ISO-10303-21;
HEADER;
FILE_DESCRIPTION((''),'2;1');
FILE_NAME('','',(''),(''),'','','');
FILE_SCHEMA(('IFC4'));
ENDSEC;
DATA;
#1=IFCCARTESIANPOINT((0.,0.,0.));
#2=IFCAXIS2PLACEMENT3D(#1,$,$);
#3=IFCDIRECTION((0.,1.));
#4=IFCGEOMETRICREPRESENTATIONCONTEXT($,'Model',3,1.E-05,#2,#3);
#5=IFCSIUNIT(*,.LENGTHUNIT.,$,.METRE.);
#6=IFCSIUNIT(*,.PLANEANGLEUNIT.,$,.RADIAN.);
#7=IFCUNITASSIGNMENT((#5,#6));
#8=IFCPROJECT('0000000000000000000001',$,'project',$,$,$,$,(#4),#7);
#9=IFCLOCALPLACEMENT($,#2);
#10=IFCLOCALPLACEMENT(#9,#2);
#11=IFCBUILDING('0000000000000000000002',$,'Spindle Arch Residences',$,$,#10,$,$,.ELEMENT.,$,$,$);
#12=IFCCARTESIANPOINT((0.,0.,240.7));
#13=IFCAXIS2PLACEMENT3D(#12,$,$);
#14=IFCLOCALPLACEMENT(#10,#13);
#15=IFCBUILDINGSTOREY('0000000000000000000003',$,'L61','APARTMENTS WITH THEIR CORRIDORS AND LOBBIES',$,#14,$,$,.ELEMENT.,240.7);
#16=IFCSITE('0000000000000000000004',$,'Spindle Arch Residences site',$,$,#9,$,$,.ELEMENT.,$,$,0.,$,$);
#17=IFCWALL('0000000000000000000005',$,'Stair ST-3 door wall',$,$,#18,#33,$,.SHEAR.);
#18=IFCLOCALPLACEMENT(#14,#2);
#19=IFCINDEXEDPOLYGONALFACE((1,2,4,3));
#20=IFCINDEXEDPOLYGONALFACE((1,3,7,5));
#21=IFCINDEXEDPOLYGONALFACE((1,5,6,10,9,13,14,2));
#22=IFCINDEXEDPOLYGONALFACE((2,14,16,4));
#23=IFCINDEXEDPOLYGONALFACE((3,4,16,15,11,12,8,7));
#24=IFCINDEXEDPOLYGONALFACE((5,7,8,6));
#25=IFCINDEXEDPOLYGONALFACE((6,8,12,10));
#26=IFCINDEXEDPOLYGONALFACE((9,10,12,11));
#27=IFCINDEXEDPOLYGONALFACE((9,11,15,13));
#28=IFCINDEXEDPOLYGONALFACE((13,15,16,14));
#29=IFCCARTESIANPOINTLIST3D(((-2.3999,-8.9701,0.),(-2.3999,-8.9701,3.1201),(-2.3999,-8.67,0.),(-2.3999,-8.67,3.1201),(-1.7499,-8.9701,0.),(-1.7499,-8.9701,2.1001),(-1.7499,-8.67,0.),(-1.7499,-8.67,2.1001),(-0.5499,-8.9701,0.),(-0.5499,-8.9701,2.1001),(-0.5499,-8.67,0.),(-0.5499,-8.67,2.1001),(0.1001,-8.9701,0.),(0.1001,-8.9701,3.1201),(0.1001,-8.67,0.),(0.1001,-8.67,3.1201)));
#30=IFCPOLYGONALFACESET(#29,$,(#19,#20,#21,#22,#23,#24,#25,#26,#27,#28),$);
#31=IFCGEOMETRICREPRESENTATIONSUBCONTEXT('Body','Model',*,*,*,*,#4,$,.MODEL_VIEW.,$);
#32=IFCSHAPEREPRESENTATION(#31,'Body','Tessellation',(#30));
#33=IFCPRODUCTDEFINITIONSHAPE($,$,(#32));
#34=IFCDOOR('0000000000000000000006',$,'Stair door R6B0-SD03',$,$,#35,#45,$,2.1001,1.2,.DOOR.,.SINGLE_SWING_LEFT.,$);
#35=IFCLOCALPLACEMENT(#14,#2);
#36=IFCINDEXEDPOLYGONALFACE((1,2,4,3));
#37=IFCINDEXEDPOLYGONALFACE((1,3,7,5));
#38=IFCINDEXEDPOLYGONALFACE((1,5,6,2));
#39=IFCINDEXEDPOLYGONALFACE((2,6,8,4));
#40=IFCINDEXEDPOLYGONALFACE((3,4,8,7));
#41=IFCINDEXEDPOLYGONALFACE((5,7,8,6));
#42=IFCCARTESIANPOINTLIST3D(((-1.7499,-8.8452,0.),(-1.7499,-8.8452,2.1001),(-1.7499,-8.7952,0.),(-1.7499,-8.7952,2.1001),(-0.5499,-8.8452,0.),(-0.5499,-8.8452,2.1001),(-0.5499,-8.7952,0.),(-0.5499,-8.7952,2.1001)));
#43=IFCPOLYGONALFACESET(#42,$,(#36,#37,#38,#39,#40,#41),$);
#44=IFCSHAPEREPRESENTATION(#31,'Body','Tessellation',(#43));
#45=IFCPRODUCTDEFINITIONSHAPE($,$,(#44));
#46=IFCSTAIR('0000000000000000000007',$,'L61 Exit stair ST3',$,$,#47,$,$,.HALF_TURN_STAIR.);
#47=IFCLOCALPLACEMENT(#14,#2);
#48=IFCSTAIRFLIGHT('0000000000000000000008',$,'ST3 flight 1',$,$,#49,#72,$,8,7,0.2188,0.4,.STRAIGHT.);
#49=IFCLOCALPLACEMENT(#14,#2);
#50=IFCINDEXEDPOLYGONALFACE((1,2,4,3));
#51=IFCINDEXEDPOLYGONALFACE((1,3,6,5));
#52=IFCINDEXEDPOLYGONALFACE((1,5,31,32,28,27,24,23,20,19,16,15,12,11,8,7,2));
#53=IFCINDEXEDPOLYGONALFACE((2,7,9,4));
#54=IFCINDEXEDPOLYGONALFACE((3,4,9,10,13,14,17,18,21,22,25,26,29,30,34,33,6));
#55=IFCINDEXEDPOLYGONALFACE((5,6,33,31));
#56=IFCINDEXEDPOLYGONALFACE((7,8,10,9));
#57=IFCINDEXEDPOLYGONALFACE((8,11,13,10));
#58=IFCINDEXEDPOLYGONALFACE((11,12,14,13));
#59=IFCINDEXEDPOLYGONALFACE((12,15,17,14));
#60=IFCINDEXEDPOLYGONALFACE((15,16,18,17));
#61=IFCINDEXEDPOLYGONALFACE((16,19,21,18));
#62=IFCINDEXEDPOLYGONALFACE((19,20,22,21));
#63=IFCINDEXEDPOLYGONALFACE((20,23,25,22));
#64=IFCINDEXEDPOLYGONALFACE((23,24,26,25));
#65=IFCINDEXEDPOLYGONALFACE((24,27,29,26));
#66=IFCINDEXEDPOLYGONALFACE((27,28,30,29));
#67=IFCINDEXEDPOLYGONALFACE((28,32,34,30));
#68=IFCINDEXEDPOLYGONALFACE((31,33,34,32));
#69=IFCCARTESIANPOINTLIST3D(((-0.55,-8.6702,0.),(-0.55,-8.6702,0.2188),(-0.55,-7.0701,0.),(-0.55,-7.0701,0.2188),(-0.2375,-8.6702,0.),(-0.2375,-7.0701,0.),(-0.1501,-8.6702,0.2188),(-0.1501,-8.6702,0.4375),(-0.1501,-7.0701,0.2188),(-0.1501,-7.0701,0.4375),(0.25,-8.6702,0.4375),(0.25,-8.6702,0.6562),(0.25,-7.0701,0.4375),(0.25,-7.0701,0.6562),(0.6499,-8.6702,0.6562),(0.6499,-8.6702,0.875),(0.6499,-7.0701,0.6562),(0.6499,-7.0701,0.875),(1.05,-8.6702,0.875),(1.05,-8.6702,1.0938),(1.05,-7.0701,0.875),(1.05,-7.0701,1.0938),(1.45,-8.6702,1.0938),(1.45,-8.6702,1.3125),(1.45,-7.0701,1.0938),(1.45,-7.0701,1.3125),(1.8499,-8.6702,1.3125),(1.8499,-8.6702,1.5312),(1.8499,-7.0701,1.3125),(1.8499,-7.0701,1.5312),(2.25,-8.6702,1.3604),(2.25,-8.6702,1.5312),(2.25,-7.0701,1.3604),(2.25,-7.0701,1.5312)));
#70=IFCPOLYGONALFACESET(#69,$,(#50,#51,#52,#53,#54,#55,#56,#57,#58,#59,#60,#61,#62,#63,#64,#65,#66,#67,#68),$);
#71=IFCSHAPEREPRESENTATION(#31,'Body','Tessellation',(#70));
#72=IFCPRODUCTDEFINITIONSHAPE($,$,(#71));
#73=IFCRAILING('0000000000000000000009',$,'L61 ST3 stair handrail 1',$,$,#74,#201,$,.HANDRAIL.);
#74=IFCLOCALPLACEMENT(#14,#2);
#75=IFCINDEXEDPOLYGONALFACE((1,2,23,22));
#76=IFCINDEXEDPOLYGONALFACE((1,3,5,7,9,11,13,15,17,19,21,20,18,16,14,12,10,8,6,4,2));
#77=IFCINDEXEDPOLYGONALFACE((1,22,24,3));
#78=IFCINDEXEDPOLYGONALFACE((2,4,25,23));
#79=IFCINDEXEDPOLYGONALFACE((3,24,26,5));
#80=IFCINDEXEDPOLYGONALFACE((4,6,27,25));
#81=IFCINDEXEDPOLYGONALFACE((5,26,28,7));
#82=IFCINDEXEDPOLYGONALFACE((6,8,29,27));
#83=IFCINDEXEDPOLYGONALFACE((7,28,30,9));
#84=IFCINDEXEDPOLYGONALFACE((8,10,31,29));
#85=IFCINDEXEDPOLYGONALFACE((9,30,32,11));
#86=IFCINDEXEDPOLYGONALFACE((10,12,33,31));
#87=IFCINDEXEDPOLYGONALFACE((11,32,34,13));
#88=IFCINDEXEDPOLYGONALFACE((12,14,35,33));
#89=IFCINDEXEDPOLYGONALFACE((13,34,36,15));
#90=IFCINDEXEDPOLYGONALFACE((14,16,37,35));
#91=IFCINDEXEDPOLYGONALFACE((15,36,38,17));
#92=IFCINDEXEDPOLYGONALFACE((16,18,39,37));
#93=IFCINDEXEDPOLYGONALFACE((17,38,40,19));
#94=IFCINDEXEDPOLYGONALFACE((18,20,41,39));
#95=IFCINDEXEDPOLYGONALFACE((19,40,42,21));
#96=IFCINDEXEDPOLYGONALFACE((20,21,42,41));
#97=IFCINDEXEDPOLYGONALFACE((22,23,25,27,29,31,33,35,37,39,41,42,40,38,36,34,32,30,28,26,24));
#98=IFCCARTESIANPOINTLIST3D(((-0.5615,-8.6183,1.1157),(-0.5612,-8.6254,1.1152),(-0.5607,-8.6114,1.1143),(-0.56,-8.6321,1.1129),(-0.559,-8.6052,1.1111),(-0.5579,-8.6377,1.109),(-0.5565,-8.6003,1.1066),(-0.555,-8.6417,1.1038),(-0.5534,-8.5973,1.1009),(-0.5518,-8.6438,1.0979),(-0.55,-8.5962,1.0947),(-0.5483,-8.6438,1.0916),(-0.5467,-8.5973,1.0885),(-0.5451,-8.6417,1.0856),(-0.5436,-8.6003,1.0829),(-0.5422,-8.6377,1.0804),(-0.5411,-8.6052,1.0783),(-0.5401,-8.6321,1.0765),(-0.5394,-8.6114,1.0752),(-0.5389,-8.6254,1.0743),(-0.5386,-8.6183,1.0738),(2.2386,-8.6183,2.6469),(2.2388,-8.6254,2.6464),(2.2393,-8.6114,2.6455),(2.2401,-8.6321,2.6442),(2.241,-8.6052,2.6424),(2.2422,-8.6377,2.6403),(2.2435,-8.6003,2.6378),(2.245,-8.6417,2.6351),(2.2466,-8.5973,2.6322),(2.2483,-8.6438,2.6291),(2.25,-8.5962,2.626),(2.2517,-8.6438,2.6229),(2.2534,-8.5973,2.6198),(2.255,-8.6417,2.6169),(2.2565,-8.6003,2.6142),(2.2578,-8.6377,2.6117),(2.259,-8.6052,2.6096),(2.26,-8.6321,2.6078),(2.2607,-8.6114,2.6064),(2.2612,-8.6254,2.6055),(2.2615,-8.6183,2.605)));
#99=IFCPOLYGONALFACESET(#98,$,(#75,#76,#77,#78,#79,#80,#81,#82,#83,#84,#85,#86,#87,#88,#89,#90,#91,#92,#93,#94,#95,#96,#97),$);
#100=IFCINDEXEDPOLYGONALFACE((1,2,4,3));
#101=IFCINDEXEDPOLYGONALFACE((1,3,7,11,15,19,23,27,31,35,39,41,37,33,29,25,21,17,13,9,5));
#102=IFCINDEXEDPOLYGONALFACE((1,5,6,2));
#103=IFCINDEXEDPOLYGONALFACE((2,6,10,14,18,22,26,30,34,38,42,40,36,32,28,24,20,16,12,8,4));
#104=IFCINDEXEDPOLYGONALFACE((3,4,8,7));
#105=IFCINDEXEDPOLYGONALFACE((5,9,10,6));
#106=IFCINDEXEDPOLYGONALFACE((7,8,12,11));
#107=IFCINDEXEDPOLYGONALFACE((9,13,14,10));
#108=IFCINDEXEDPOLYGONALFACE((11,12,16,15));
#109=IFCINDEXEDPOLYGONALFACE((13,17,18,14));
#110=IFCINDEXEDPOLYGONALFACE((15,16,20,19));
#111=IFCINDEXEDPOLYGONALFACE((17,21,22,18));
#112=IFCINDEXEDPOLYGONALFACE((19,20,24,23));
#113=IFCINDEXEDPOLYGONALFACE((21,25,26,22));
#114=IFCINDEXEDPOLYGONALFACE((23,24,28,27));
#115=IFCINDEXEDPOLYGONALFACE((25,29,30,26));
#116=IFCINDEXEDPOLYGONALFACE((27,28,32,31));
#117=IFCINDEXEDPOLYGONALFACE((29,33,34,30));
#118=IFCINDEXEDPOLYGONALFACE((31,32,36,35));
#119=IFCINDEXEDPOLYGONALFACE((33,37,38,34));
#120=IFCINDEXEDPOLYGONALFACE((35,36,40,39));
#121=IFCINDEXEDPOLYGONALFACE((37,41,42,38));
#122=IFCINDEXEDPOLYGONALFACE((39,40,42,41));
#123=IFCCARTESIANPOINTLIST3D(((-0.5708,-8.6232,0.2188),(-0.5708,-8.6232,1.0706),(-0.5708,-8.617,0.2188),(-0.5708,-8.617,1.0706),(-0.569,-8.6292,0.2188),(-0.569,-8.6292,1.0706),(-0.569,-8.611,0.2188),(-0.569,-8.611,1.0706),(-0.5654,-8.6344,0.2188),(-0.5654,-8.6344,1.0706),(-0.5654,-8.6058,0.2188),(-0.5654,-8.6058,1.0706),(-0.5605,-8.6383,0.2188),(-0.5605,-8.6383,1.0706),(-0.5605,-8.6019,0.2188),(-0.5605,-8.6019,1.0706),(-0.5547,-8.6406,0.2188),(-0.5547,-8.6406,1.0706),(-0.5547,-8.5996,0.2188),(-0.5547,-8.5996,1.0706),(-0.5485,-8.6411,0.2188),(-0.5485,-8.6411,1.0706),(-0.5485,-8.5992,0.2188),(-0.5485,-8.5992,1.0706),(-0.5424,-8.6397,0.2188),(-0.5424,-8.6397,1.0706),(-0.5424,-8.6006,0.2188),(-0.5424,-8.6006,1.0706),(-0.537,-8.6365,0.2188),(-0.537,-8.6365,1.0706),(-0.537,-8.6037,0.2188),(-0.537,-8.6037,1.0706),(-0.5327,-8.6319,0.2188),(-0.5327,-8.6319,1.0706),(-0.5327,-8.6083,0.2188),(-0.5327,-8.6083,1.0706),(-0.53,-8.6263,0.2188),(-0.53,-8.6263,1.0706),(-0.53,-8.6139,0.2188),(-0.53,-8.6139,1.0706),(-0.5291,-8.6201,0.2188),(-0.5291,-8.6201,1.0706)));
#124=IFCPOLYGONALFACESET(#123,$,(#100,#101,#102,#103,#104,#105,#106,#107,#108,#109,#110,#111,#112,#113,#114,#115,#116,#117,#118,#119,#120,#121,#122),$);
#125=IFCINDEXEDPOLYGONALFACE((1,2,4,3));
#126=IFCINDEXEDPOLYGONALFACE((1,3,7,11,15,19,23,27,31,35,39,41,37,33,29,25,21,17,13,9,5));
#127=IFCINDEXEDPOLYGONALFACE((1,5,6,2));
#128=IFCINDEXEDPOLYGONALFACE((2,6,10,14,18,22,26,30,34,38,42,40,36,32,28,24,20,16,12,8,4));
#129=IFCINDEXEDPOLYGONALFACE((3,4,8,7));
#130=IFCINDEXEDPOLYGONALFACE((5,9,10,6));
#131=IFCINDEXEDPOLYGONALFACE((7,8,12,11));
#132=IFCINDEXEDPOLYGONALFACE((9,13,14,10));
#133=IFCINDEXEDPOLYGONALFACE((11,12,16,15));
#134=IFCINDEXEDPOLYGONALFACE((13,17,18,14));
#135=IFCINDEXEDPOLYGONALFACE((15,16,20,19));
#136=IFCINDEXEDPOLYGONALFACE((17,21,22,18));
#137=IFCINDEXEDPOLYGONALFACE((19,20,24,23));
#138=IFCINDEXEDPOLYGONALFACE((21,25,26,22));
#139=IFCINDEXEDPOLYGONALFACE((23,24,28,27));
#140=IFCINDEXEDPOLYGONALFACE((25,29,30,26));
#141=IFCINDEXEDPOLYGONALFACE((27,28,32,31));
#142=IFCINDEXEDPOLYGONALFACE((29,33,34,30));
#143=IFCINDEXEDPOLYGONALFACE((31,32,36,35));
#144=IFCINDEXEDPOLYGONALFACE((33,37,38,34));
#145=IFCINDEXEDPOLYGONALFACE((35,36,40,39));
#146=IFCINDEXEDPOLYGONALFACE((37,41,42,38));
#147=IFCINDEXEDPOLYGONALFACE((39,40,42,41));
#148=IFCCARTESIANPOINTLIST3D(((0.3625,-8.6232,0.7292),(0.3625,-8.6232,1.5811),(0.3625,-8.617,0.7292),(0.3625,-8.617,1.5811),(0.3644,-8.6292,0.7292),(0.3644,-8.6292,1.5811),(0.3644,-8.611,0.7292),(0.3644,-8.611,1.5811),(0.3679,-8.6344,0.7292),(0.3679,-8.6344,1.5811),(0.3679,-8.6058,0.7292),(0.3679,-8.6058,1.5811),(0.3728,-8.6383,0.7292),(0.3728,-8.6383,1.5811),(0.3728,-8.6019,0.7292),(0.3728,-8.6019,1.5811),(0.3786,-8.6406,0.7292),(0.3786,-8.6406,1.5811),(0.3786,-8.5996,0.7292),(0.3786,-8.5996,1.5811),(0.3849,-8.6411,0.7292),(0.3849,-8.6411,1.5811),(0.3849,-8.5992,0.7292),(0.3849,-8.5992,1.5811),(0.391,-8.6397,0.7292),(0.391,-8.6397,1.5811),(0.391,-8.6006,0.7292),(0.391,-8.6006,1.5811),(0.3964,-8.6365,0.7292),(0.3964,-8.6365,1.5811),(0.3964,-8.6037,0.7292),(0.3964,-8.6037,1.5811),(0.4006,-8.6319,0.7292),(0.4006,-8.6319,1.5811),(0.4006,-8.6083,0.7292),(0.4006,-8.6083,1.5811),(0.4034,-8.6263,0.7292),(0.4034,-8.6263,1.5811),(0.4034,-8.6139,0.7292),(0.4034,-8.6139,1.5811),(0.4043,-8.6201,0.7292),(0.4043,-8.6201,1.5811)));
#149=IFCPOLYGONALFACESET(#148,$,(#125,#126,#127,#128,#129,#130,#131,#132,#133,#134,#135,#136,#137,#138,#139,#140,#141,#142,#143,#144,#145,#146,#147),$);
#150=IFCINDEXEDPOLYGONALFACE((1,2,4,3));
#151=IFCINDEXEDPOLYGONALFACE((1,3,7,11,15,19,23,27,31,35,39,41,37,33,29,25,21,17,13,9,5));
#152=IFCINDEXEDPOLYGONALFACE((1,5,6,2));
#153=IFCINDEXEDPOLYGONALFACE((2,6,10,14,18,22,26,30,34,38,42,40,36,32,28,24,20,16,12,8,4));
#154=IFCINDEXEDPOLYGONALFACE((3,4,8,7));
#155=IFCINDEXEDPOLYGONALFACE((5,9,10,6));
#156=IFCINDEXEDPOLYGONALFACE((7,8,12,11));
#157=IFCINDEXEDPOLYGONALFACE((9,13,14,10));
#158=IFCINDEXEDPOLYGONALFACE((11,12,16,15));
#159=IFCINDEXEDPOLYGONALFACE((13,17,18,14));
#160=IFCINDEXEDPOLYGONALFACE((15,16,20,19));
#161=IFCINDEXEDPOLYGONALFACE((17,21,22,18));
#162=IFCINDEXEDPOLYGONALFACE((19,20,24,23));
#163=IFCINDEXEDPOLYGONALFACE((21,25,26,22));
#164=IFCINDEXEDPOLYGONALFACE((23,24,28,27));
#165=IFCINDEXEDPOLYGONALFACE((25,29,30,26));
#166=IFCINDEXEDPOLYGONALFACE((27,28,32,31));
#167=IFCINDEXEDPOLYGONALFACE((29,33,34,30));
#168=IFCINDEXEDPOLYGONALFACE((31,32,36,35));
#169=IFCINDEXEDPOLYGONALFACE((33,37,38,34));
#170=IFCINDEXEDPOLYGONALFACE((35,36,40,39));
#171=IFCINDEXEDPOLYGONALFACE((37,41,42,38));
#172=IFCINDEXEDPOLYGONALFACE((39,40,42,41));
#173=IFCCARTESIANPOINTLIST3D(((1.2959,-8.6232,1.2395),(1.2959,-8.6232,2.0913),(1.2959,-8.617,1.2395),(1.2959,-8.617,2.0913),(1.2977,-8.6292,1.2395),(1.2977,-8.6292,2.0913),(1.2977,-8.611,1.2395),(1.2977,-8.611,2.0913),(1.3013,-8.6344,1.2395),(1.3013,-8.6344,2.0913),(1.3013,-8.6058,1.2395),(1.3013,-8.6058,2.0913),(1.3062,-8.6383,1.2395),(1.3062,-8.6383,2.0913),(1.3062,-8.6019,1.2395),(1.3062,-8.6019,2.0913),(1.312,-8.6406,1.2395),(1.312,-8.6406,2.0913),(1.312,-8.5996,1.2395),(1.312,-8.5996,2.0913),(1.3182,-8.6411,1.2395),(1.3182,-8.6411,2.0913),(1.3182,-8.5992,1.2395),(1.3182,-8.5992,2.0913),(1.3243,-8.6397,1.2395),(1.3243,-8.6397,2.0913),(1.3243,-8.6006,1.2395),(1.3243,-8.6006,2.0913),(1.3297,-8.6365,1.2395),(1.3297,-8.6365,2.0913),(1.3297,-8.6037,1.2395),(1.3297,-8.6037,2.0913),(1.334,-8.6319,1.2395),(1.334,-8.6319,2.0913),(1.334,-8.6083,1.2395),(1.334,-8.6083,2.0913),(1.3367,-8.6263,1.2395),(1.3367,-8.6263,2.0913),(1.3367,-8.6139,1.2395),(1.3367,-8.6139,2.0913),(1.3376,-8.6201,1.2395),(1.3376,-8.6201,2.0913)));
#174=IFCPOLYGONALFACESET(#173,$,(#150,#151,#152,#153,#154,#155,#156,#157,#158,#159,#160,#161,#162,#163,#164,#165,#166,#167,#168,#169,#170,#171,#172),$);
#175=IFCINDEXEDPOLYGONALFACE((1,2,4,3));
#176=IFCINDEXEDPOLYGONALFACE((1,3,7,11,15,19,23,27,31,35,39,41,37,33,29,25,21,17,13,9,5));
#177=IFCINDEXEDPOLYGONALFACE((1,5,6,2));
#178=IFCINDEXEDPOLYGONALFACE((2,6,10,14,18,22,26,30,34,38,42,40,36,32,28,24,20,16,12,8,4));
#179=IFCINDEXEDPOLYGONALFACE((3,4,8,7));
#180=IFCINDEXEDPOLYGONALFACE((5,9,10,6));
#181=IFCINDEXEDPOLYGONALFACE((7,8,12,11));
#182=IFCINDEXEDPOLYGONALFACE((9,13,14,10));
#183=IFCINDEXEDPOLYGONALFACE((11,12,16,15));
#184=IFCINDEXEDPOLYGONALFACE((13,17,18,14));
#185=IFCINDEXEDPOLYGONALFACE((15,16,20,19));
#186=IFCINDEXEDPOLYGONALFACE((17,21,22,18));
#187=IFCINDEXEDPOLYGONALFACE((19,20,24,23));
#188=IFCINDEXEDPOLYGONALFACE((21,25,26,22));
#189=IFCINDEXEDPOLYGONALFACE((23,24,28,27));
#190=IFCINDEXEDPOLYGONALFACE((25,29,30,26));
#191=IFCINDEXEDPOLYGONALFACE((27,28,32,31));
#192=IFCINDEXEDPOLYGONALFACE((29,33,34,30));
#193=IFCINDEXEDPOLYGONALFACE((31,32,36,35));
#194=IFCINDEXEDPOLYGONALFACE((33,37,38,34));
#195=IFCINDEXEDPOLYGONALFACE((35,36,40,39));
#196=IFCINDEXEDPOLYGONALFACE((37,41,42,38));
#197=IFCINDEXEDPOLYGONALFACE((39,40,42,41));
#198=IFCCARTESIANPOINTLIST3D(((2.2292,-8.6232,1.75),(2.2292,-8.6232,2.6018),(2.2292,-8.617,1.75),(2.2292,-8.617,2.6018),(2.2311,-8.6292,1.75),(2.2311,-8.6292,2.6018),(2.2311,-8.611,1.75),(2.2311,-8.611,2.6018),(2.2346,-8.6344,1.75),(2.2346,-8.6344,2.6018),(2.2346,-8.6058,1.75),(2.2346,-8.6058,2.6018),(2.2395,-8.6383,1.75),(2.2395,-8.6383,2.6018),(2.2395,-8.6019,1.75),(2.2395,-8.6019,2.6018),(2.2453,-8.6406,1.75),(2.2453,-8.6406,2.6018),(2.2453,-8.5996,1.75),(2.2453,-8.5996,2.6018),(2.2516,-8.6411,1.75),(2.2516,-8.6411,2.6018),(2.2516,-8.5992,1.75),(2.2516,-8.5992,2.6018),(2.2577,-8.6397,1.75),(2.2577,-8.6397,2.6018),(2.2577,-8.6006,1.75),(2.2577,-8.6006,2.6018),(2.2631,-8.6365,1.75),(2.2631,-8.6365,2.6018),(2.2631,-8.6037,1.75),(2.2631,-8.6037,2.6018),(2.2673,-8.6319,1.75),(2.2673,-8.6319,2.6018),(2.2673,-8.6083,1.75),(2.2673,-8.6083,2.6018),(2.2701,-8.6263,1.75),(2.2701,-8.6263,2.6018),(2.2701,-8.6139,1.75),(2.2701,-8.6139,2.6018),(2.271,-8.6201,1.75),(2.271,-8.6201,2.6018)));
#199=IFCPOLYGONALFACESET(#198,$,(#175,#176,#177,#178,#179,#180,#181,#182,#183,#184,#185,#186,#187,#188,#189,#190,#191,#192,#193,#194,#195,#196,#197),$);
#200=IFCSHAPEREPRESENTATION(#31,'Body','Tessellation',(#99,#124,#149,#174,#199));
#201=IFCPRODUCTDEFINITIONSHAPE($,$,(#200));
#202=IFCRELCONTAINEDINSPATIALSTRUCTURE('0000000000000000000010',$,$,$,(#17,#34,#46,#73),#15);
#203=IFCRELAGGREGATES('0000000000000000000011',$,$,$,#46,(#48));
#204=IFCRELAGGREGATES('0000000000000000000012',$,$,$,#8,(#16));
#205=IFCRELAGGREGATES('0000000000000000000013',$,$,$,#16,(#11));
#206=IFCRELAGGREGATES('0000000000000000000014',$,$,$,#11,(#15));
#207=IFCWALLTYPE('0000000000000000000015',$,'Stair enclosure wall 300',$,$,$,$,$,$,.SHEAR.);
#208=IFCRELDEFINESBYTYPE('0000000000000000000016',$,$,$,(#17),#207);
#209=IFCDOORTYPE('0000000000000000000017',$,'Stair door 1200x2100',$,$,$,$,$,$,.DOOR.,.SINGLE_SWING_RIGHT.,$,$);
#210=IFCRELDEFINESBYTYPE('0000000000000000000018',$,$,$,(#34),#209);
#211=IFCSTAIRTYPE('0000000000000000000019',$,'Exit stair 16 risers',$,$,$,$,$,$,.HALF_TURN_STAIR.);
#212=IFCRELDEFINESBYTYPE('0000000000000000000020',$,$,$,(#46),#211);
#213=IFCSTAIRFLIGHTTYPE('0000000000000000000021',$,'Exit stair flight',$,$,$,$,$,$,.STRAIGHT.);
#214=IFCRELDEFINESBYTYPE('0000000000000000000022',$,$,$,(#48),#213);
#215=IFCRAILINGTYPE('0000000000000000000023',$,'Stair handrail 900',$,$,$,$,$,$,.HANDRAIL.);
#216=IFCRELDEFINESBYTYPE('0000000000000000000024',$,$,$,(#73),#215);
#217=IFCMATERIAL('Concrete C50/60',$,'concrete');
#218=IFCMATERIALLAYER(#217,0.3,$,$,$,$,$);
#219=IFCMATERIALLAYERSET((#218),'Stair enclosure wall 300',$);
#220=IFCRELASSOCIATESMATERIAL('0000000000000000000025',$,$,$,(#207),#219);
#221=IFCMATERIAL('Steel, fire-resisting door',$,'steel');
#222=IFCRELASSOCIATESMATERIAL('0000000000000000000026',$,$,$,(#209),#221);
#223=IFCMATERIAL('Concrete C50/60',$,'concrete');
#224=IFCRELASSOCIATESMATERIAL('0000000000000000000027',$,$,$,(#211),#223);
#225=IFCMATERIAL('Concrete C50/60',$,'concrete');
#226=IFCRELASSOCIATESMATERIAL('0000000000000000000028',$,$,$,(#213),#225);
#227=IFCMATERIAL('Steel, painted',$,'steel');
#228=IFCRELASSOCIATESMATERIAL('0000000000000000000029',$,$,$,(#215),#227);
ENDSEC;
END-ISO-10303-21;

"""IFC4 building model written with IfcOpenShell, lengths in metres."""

from ifc_helpers import new_model, si_unit, direction, frame, frame_2d, origin, origin_2d, place, context, subcontext, project, spatial, polyline, rectangle, circle, outline, extrude, material, layer, layer_set, type_object, element, fill, aggregate, save


model = new_model("IFC4")

# Units and contexts
model_context = context("Model", 3, precision=1e-05, world=origin(), true_north=direction((0.0, 1.0)))
body_context = subcontext(model_context, "Body", "Model", "MODEL_VIEW")
ifc_project = project(units=[si_unit("LENGTHUNIT", "METRE"), si_unit("PLANEANGLEUNIT", "RADIAN")], contexts=[model_context])

# Site, building, storey
site_placement = place(None, origin())
site = spatial("IfcSite", under=ifc_project, at=site_placement, Name="Spindle Arch Residences site", CompositionType="ELEMENT", RefElevation=0.0)
building_placement = place(site_placement, origin())
building = spatial("IfcBuilding", under=site, at=building_placement, Name="Spindle Arch Residences", CompositionType="ELEMENT")
storey_placement = place(building_placement, frame((0.0, 0.0, 240.7)))
storey = spatial("IfcBuildingStorey", under=building, at=storey_placement, Name="L61", Description="APARTMENTS WITH THEIR CORRIDORS AND LOBBIES", CompositionType="ELEMENT", Elevation=240.7)

# Shared definitions
ifc_material_1 = material(Name="Concrete C50/60", Category="concrete")
ifc_layer_1 = layer(ifc_material_1, 0.3)
ifc_layer_set_1 = layer_set([ifc_layer_1], Name="Stair enclosure wall 300")
wall_type_1 = type_object("IfcWallType", Name="Stair enclosure wall 300", PredefinedType="SHEAR", material=ifc_layer_set_1)

# Wall, opening, door
wall_1_placement = place(storey_placement, frame((-2.3999, -8.8201, 0.0), z_axis=(0.0, 0.0, 1.0), x_axis=(1.0, 0.0, 0.0)))
wall_1 = element("IfcWall", 1, at=wall_1_placement, inside=storey, type_object=wall_type_1, Name="Stair ST-3 door wall", PredefinedType="SHEAR", context=body_context, shape_type="SweptSolid", body=[
    extrude(rectangle(XDim=2.5, YDim=0.3, at=frame_2d((1.25, 0.0))), origin(), (0.0, 0.0, 1.0), 3.1201),
])
opening_1_placement = place(wall_1_placement, frame((0.6499, 0.0, 0.0)))
opening_1 = element("IfcOpeningElement", 2, at=opening_1_placement, cuts=wall_1, PredefinedType="OPENING", context=body_context, shape_type="SweptSolid", body=[
    extrude(rectangle(XDim=1.2, YDim=2.1001, at=frame_2d((0.6001, 1.05))), frame((0.0, 0.1602, 0.0), z_axis=(0.0, -1.0, 0.0), x_axis=(1.0, 0.0, 0.0)), (0.0, 0.0, 1.0), 0.3201),
])
ifc_material_2 = material(Name="Steel, fire-resisting door", Category="steel")
door_type_1 = type_object("IfcDoorType", Name="Stair door 1200x2100", OperationType="SINGLE_SWING_RIGHT", PredefinedType="DOOR", material=ifc_material_2)
door_1_placement = place(opening_1_placement, origin())
door_1 = element("IfcDoor", 3, at=door_1_placement, inside=storey, type_object=door_type_1, Name="Stair door R6B0-SD03", OperationType="SINGLE_SWING_LEFT", OverallHeight=2.1001, OverallWidth=1.2, PredefinedType="DOOR", context=body_context, shape_type="SweptSolid", body=[
    extrude(rectangle(XDim=1.2, YDim=2.1001, at=frame_2d((0.6001, 1.05))), frame((0.0, 0.0249, 0.0), z_axis=(0.0, -1.0, 0.0), x_axis=(1.0, 0.0, 0.0)), (0.0, 0.0, 1.0), 0.05),
])
fill(opening_1, door_1)

# Stair, stair flight
ifc_material_3 = material(Name="Concrete C50/60", Category="concrete")
stair_type = type_object("IfcStairType", Name="Exit stair 16 risers", PredefinedType="HALF_TURN_STAIR", material=ifc_material_3)
stair_placement = place(storey_placement, origin())
stair = element("IfcStair", 4, at=stair_placement, inside=storey, type_object=stair_type, Name="L61 Exit stair ST3", PredefinedType="HALF_TURN_STAIR")
ifc_material_4 = material(Name="Concrete C50/60", Category="concrete")
stair_flight_type = type_object("IfcStairFlightType", Name="Exit stair flight", PredefinedType="STRAIGHT", material=ifc_material_4)
stair_flight_placement = place(storey_placement, frame((-0.55, -7.8701, 0.0), z_axis=(0.0, 0.0, 1.0), x_axis=(1.0, 0.0, 0.0)))
stair_flight = element("IfcStairFlight", 5, at=stair_flight_placement, type_object=stair_flight_type, Name="ST3 flight 1", NumberOfRisers=8, NumberOfTreads=7, PredefinedType="STRAIGHT", RiserHeight=0.2188, TreadLength=0.4, context=body_context, shape_type="SweptSolid", body=[
    extrude(outline(polyline([(0.0, 0.0), (0.0, 0.2188), (0.3999, 0.2188), (0.3999, 0.4375), (0.8, 0.4375), (0.8, 0.6562), (1.2, 0.6562), (1.2, 0.875), (1.6001, 0.875), (1.6001, 1.0938), (2.0, 1.0938), (2.0, 1.3125), (2.3999, 1.3125), (2.3999, 1.5312), (2.8, 1.5312), (2.8, 1.75), (2.8, 1.3604), (0.3125, 0.0), (0.0, 0.0)])), frame((0.0, 0.8, 0.0), z_axis=(0.0, -1.0, 0.0), x_axis=(1.0, 0.0, 0.0)), (0.0, 0.0, 1.0), 1.6001),
])
aggregate(stair, [stair_flight])

# Railing
ifc_material_5 = material(Name="Steel, painted", Category="steel")
railing_type_1 = type_object("IfcRailingType", Name="Stair handrail 900", PredefinedType="HANDRAIL", material=ifc_material_5)
railing_1_placement = place(storey_placement, frame((-0.55, -8.6201, 0.2188)))
element("IfcRailing", 6, at=railing_1_placement, inside=storey, type_object=railing_type_1, Name="L61 ST3 stair handrail 1", PredefinedType="HANDRAIL", context=body_context, shape_type="SweptSolid", body=[
    extrude(circle(Radius=0.0239, at=origin_2d()), frame((0.0, 0.0, 0.876), z_axis=(0.877375, 0.0, 0.479806), x_axis=(0.0, 1.0, 0.0)), (0.0, 0.0, 1.0), 3.1914),
    extrude(circle(Radius=0.021, at=origin_2d()), origin(), (0.0, 0.0, 1.0), 0.8518),
    extrude(circle(Radius=0.021, at=origin_2d()), frame((0.9333, 0.0, 0.5105)), (0.0, 0.0, 1.0), 0.8518),
    extrude(circle(Radius=0.021, at=origin_2d()), frame((1.8667, 0.0, 1.0208)), (0.0, 0.0, 1.0), 0.8518),
    extrude(circle(Radius=0.021, at=origin_2d()), frame((2.8, 0.0, 1.5312)), (0.0, 0.0, 1.0), 0.8518),
])

save(model, "model.ifc")
